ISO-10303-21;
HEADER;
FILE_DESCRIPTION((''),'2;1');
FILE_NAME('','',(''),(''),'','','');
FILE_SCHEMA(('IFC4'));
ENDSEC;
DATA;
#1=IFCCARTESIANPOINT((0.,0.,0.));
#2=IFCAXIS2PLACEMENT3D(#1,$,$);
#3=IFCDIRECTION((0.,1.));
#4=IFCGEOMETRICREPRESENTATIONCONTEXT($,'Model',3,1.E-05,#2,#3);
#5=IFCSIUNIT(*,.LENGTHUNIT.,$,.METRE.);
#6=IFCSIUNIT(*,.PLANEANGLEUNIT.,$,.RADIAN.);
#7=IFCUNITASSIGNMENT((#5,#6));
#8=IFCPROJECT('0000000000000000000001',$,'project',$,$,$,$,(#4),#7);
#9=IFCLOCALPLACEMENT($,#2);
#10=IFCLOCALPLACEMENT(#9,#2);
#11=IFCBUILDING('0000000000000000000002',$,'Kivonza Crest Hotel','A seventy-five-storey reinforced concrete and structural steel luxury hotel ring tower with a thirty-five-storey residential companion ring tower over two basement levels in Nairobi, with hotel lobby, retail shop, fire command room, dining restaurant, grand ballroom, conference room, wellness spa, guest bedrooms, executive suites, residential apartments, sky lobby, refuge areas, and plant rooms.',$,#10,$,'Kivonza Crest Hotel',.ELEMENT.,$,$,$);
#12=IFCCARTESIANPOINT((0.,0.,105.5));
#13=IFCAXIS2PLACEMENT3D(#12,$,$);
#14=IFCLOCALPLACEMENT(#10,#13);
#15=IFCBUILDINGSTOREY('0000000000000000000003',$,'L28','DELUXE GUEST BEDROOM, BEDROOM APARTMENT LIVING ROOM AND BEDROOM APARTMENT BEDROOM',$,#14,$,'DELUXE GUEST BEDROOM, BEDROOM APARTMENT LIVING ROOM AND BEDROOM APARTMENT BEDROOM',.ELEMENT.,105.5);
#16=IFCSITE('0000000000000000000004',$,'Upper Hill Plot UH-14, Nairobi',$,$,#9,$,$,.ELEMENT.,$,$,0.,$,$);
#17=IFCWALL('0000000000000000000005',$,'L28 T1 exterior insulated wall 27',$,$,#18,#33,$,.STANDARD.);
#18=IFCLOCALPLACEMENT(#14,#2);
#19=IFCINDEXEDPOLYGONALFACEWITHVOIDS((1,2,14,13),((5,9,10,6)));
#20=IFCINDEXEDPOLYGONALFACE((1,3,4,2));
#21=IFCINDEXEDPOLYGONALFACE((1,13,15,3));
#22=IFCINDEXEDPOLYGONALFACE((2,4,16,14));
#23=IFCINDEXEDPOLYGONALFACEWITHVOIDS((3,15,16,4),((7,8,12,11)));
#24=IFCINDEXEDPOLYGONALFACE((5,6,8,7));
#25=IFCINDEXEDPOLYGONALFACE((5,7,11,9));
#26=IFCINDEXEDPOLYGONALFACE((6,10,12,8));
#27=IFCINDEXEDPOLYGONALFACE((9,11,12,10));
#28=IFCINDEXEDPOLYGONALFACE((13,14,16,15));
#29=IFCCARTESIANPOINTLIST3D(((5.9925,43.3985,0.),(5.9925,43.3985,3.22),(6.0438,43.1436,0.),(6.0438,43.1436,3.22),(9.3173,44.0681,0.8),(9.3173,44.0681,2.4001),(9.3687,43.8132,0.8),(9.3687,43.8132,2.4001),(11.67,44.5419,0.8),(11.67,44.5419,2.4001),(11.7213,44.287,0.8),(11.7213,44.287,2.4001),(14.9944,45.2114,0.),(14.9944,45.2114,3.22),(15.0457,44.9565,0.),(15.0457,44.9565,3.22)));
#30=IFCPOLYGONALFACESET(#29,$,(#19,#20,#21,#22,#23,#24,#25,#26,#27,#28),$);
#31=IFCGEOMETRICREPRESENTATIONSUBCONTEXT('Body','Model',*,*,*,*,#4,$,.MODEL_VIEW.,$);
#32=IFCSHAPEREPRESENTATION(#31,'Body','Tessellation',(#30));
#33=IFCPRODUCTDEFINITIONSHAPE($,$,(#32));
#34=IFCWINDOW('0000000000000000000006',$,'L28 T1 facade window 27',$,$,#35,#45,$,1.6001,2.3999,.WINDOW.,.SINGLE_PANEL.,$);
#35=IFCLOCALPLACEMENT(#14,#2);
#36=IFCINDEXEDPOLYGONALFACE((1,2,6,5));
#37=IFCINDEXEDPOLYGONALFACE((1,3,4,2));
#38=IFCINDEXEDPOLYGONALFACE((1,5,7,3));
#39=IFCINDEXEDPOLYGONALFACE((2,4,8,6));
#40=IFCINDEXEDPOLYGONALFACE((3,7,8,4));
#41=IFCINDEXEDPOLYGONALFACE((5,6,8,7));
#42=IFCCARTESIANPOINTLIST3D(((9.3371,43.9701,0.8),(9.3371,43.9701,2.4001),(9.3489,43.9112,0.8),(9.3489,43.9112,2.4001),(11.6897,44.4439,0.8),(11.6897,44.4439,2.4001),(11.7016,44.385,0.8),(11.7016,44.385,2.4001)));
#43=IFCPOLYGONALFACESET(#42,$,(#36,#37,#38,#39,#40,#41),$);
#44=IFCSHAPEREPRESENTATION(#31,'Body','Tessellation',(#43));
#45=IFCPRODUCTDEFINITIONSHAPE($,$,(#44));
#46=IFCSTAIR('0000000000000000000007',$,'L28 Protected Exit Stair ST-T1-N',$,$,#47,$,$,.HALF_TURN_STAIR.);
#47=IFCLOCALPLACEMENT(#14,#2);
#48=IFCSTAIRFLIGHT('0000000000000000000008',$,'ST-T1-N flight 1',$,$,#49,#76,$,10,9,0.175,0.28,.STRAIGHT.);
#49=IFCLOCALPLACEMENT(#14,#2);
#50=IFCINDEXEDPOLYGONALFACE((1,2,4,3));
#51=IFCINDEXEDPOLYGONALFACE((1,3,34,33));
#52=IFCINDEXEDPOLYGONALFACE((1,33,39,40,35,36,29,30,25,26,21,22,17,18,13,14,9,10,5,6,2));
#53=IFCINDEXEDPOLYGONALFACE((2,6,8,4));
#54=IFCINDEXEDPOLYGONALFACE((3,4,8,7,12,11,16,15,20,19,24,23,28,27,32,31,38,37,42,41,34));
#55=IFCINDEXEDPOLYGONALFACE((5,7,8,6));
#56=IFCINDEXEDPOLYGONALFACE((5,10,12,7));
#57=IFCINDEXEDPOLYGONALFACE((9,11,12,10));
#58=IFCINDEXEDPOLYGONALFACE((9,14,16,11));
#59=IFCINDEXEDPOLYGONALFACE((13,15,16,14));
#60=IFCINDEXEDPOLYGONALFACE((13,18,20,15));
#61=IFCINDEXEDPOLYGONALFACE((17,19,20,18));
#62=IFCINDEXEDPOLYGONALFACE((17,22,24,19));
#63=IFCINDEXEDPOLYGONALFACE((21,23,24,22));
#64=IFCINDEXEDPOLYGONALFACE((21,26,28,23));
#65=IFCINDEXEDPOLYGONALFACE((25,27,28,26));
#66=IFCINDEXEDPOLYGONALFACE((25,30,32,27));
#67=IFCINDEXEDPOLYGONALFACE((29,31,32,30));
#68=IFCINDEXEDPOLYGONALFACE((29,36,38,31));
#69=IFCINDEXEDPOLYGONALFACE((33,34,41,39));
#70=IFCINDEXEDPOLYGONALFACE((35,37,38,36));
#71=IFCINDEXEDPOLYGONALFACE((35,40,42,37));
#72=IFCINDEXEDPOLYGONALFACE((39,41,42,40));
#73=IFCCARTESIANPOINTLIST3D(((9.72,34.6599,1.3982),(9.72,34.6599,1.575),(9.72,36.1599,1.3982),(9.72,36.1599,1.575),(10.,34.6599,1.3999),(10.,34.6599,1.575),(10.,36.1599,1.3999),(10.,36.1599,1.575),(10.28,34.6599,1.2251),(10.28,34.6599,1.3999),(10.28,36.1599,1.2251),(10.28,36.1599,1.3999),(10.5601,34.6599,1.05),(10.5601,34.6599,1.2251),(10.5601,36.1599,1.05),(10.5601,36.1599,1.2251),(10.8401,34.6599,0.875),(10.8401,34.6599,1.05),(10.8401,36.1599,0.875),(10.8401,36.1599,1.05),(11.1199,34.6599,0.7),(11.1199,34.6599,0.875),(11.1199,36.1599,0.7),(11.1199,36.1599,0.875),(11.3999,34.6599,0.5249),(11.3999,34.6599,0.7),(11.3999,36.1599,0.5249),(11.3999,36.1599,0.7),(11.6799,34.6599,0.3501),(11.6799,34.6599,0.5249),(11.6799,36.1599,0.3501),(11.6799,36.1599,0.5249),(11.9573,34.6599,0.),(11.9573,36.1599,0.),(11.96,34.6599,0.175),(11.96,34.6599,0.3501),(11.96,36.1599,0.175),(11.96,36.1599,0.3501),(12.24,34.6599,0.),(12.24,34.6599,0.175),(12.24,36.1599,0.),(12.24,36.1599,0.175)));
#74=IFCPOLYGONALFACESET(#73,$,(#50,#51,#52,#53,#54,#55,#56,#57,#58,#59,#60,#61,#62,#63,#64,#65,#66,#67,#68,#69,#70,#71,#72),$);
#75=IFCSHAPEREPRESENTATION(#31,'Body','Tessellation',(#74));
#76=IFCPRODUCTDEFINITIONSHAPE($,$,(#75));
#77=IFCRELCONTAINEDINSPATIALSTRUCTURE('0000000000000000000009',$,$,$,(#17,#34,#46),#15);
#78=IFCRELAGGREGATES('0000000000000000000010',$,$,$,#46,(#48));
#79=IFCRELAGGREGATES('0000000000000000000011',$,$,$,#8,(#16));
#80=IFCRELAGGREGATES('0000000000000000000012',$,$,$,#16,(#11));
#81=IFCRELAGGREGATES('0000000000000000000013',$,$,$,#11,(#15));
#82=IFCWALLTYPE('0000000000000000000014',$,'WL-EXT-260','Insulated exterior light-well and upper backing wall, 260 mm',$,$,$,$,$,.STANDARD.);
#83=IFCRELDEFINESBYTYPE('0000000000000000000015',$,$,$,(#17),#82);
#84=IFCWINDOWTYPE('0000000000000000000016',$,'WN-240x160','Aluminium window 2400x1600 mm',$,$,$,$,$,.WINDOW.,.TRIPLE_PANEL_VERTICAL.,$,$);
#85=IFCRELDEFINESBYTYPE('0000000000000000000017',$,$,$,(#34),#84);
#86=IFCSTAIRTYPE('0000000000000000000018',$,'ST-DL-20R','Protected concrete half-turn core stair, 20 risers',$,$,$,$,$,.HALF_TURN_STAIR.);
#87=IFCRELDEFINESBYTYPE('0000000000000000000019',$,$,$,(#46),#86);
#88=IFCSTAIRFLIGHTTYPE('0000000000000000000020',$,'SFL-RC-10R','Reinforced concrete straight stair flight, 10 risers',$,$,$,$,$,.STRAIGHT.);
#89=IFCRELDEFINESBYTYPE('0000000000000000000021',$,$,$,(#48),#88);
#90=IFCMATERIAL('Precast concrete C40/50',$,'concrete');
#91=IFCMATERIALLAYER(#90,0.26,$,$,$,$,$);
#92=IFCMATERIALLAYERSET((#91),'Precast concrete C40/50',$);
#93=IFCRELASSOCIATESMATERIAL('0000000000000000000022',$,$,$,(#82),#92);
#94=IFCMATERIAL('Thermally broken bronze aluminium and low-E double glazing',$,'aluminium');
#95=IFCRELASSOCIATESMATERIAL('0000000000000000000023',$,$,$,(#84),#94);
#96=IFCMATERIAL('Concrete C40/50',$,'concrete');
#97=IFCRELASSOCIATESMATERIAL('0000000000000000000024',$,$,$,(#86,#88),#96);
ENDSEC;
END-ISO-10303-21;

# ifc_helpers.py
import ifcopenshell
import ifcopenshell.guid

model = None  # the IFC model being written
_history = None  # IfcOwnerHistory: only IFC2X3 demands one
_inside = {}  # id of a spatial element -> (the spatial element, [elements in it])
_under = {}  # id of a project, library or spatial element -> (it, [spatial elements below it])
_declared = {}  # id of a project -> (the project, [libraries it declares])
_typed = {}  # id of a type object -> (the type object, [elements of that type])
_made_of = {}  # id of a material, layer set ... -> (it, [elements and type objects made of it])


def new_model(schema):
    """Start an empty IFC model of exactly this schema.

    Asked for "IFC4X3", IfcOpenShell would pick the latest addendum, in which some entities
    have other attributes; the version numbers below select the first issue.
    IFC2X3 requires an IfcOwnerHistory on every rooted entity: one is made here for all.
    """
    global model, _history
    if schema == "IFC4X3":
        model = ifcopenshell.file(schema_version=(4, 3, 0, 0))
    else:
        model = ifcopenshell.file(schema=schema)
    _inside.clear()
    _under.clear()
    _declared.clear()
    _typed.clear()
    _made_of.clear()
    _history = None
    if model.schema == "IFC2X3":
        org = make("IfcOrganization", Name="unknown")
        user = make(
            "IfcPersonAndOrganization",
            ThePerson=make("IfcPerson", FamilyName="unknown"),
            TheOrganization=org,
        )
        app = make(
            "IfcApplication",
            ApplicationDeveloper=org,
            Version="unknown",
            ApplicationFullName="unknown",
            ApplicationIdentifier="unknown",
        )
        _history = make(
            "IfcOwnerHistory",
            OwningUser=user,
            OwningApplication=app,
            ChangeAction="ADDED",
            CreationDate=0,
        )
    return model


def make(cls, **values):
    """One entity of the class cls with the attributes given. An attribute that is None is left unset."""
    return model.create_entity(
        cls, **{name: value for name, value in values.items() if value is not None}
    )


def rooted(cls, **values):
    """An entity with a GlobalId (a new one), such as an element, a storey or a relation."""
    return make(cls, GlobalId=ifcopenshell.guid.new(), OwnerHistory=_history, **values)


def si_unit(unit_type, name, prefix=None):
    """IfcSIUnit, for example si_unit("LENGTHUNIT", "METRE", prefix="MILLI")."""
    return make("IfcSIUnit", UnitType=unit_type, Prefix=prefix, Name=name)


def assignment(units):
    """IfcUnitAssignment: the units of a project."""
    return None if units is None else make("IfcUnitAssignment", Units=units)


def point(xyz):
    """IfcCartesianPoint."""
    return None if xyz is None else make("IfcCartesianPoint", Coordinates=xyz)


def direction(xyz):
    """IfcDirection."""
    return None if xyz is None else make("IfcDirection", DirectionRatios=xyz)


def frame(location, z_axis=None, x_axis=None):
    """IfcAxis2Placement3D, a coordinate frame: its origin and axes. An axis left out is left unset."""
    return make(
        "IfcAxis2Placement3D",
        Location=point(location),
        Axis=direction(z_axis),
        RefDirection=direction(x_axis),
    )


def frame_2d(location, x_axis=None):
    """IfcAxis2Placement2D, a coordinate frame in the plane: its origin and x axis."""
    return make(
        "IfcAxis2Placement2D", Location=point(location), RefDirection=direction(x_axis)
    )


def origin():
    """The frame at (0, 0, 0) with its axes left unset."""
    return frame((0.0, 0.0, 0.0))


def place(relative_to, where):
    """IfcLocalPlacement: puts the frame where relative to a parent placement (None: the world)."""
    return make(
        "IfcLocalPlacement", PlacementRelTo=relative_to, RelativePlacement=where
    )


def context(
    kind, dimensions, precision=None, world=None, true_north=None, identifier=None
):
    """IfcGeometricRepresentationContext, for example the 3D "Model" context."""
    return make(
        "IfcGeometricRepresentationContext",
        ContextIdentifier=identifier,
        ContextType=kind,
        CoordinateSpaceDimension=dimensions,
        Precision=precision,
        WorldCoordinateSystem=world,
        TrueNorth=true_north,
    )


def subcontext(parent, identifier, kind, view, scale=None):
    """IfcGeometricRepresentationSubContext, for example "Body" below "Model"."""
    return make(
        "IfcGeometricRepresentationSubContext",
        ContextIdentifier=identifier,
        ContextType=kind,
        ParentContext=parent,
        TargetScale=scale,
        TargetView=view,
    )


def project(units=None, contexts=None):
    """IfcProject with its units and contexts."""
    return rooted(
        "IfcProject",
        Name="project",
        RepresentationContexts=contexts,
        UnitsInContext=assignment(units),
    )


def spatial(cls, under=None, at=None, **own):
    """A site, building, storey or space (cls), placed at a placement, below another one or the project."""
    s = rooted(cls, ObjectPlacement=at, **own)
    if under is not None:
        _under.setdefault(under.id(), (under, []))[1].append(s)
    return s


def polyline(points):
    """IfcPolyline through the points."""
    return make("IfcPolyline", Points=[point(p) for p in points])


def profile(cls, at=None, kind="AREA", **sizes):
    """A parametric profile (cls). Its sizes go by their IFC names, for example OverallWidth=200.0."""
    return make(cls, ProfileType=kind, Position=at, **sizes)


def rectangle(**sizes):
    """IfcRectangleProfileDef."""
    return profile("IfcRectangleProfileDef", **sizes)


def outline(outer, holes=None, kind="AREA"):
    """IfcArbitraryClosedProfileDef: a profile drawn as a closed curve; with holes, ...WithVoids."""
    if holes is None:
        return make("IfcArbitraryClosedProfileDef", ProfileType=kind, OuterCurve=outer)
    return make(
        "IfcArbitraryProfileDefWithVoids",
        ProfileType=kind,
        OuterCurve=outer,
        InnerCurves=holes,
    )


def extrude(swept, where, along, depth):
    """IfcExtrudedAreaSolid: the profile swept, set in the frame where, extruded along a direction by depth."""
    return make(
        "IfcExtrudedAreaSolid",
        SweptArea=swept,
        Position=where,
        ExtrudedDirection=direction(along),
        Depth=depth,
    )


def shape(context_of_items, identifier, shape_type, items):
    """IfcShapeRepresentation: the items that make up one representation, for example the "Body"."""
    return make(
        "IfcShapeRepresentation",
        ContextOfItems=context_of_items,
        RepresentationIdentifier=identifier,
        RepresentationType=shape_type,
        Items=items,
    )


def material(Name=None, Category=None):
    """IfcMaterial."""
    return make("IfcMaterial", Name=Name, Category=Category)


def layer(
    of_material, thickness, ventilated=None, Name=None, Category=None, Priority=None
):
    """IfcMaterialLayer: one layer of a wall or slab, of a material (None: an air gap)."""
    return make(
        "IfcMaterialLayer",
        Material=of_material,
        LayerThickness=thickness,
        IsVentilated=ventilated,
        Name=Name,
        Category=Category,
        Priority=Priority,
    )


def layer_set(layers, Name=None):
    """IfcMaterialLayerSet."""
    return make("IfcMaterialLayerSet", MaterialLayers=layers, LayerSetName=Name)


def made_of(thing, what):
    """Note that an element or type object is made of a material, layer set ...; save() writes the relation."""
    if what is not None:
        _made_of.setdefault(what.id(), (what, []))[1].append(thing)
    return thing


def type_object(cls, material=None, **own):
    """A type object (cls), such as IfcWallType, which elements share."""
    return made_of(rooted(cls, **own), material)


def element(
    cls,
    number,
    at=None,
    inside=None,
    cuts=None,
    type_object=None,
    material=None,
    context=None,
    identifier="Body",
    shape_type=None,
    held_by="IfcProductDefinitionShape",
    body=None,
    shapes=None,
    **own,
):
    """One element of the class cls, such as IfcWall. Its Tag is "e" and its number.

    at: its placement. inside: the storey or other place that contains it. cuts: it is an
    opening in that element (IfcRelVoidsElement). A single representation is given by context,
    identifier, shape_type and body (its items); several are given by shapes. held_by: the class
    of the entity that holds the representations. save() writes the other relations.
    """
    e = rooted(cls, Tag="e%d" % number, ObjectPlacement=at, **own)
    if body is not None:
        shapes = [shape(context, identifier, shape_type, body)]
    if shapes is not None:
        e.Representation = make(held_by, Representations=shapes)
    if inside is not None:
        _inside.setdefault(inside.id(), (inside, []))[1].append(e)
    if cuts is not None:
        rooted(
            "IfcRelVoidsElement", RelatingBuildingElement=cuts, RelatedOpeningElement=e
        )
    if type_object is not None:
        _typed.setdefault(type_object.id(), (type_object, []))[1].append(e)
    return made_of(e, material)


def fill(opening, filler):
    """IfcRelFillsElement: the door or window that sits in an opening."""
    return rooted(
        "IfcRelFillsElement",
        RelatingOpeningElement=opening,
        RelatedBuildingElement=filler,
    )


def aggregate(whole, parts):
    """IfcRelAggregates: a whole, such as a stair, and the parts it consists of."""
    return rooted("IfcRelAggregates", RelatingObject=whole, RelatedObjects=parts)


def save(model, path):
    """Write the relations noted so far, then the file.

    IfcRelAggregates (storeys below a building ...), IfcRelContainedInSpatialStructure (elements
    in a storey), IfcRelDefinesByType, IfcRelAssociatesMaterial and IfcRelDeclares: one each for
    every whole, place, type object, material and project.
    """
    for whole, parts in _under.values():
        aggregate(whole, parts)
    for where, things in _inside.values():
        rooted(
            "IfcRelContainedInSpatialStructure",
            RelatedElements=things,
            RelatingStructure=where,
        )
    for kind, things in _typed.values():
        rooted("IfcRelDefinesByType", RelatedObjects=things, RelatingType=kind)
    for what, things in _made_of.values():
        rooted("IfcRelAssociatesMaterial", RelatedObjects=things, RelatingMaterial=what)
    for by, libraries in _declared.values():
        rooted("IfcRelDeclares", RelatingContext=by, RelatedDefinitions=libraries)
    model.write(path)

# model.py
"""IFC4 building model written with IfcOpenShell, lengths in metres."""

from ifc_helpers import new_model, si_unit, direction, frame, frame_2d, origin, place, context, subcontext, project, spatial, polyline, rectangle, outline, extrude, material, layer, layer_set, type_object, element, fill, aggregate, save


model = new_model("IFC4")

# Units and contexts
model_context = context("Model", 3, precision=1e-05, world=origin(), true_north=direction((0.0, 1.0)))
body_context = subcontext(model_context, "Body", "Model", "MODEL_VIEW")
ifc_project = project(units=[si_unit("LENGTHUNIT", "METRE"), si_unit("PLANEANGLEUNIT", "RADIAN")], contexts=[model_context])

# Site, building, storey
site_placement = place(None, origin())
site = spatial("IfcSite", under=ifc_project, at=site_placement, Name="Upper Hill Plot UH-14, Nairobi", CompositionType="ELEMENT", RefElevation=0.0)
building_placement = place(site_placement, origin())
building = spatial("IfcBuilding", under=site, at=building_placement, Name="Kivonza Crest Hotel", Description="A seventy-five-storey reinforced concrete and structural steel luxury hotel ring tower with a thirty-five-storey residential companion ring tower over two basement levels in Nairobi, with hotel lobby, retail shop, fire command room, dining restaurant, grand ballroom, conference room, wellness spa, guest bedrooms, executive suites, residential apartments, sky lobby, refuge areas, and plant rooms.", LongName="Kivonza Crest Hotel", CompositionType="ELEMENT")
storey_placement = place(building_placement, frame((0.0, 0.0, 105.5)))
storey = spatial("IfcBuildingStorey", under=building, at=storey_placement, Name="L28", Description="DELUXE GUEST BEDROOM, BEDROOM APARTMENT LIVING ROOM AND BEDROOM APARTMENT BEDROOM", LongName="DELUXE GUEST BEDROOM, BEDROOM APARTMENT LIVING ROOM AND BEDROOM APARTMENT BEDROOM", CompositionType="ELEMENT", Elevation=105.5)

# Wall, opening, window
ifc_material_1 = material(Name="Precast concrete C40/50", Category="concrete")
ifc_layer_1 = layer(ifc_material_1, 0.26)
ifc_layer_set_1 = layer_set([ifc_layer_1], Name="Precast concrete C40/50")
wall_type_1 = type_object("IfcWallType", Name="WL-EXT-260", Description="Insulated exterior light-well and upper backing wall, 260 mm", PredefinedType="STANDARD", material=ifc_layer_set_1)
wall_1_placement = place(storey_placement, frame((15.02, 45.084, 0.0), z_axis=(0.0, 0.0, 1.0), x_axis=(-0.980316, -0.197435, 0.0)))
wall_1 = element("IfcWall", 1, at=wall_1_placement, inside=storey, type_object=wall_type_1, Name="L28 T1 exterior insulated wall 27", PredefinedType="STANDARD", context=body_context, shape_type="SweptSolid", body=[
    extrude(rectangle(XDim=9.1826, YDim=0.26, at=frame_2d((4.5913, 0.0))), origin(), (0.0, 0.0, 1.0), 3.22),
])
opening_1_placement = place(wall_1_placement, frame((3.3911, 0.0, 0.8)))
opening_1 = element("IfcOpeningElement", 2, at=opening_1_placement, cuts=wall_1, PredefinedType="OPENING", context=body_context, shape_type="SweptSolid", body=[
    extrude(rectangle(XDim=2.3999, YDim=1.6001, at=frame_2d((1.2, 0.8))), frame((0.0, 0.1401, 0.0), z_axis=(0.0, -1.0, 0.0), x_axis=(1.0, 0.0, 0.0)), (0.0, 0.0, 1.0), 0.28),
])
ifc_material_2 = material(Name="Thermally broken bronze aluminium and low-E double glazing", Category="aluminium")
window_type = type_object("IfcWindowType", Name="WN-240x160", Description="Aluminium window 2400x1600 mm", PartitioningType="TRIPLE_PANEL_VERTICAL", PredefinedType="WINDOW", material=ifc_material_2)
window_placement = place(opening_1_placement, origin())
window = element("IfcWindow", 3, at=window_placement, inside=storey, type_object=window_type, Name="L28 T1 facade window 27", OverallHeight=1.6001, OverallWidth=2.3999, PartitioningType="SINGLE_PANEL", PredefinedType="WINDOW", context=body_context, shape_type="SweptSolid", body=[
    extrude(rectangle(XDim=2.3999, YDim=1.6001, at=frame_2d((1.2, 0.8))), frame((0.0, 0.03, 0.0), z_axis=(0.0, -1.0, 0.0), x_axis=(1.0, 0.0, 0.0)), (0.0, 0.0, 1.0), 0.0601),
])
fill(opening_1, window)

# Stair, stair flight
ifc_material_3 = material(Name="Concrete C40/50", Category="concrete")
stair_type = type_object("IfcStairType", Name="ST-DL-20R", Description="Protected concrete half-turn core stair, 20 risers", PredefinedType="HALF_TURN_STAIR", material=ifc_material_3)
stair_placement = place(storey_placement, origin())
stair = element("IfcStair", 4, at=stair_placement, inside=storey, type_object=stair_type, Name="L28 Protected Exit Stair ST-T1-N", PredefinedType="HALF_TURN_STAIR")
stair_flight_type = type_object("IfcStairFlightType", Name="SFL-RC-10R", Description="Reinforced concrete straight stair flight, 10 risers", PredefinedType="STRAIGHT", material=ifc_material_3)
stair_flight_placement = place(storey_placement, frame((12.24, 35.4099, 0.0), z_axis=(0.0, 0.0, 1.0), x_axis=(-1.0, 0.0, 0.0)))
stair_flight = element("IfcStairFlight", 5, at=stair_flight_placement, type_object=stair_flight_type, Name="ST-T1-N flight 1", NumberOfRisers=10, NumberOfTreads=9, PredefinedType="STRAIGHT", RiserHeight=0.175, TreadLength=0.28, context=body_context, shape_type="SweptSolid", body=[
    extrude(outline(polyline([(0.0, 0.0), (0.0, 0.175), (0.28, 0.175), (0.28, 0.3501), (0.5601, 0.3501), (0.5601, 0.5249), (0.8401, 0.5249), (0.8401, 0.7), (1.1201, 0.7), (1.1201, 0.875), (1.3999, 0.875), (1.3999, 1.05), (1.6799, 1.05), (1.6799, 1.2251), (1.96, 1.2251), (1.96, 1.3999), (2.24, 1.3999), (2.24, 1.575), (2.52, 1.575), (2.52, 1.75), (2.52, 1.3982), (0.2827, 0.0), (0.0, 0.0)])), frame((0.0, 0.75, 0.0), z_axis=(0.0, -1.0, 0.0), x_axis=(1.0, 0.0, 0.0)), (0.0, 0.0, 1.0), 1.5),
])
aggregate(stair, [stair_flight])

save(model, "model.ifc")
